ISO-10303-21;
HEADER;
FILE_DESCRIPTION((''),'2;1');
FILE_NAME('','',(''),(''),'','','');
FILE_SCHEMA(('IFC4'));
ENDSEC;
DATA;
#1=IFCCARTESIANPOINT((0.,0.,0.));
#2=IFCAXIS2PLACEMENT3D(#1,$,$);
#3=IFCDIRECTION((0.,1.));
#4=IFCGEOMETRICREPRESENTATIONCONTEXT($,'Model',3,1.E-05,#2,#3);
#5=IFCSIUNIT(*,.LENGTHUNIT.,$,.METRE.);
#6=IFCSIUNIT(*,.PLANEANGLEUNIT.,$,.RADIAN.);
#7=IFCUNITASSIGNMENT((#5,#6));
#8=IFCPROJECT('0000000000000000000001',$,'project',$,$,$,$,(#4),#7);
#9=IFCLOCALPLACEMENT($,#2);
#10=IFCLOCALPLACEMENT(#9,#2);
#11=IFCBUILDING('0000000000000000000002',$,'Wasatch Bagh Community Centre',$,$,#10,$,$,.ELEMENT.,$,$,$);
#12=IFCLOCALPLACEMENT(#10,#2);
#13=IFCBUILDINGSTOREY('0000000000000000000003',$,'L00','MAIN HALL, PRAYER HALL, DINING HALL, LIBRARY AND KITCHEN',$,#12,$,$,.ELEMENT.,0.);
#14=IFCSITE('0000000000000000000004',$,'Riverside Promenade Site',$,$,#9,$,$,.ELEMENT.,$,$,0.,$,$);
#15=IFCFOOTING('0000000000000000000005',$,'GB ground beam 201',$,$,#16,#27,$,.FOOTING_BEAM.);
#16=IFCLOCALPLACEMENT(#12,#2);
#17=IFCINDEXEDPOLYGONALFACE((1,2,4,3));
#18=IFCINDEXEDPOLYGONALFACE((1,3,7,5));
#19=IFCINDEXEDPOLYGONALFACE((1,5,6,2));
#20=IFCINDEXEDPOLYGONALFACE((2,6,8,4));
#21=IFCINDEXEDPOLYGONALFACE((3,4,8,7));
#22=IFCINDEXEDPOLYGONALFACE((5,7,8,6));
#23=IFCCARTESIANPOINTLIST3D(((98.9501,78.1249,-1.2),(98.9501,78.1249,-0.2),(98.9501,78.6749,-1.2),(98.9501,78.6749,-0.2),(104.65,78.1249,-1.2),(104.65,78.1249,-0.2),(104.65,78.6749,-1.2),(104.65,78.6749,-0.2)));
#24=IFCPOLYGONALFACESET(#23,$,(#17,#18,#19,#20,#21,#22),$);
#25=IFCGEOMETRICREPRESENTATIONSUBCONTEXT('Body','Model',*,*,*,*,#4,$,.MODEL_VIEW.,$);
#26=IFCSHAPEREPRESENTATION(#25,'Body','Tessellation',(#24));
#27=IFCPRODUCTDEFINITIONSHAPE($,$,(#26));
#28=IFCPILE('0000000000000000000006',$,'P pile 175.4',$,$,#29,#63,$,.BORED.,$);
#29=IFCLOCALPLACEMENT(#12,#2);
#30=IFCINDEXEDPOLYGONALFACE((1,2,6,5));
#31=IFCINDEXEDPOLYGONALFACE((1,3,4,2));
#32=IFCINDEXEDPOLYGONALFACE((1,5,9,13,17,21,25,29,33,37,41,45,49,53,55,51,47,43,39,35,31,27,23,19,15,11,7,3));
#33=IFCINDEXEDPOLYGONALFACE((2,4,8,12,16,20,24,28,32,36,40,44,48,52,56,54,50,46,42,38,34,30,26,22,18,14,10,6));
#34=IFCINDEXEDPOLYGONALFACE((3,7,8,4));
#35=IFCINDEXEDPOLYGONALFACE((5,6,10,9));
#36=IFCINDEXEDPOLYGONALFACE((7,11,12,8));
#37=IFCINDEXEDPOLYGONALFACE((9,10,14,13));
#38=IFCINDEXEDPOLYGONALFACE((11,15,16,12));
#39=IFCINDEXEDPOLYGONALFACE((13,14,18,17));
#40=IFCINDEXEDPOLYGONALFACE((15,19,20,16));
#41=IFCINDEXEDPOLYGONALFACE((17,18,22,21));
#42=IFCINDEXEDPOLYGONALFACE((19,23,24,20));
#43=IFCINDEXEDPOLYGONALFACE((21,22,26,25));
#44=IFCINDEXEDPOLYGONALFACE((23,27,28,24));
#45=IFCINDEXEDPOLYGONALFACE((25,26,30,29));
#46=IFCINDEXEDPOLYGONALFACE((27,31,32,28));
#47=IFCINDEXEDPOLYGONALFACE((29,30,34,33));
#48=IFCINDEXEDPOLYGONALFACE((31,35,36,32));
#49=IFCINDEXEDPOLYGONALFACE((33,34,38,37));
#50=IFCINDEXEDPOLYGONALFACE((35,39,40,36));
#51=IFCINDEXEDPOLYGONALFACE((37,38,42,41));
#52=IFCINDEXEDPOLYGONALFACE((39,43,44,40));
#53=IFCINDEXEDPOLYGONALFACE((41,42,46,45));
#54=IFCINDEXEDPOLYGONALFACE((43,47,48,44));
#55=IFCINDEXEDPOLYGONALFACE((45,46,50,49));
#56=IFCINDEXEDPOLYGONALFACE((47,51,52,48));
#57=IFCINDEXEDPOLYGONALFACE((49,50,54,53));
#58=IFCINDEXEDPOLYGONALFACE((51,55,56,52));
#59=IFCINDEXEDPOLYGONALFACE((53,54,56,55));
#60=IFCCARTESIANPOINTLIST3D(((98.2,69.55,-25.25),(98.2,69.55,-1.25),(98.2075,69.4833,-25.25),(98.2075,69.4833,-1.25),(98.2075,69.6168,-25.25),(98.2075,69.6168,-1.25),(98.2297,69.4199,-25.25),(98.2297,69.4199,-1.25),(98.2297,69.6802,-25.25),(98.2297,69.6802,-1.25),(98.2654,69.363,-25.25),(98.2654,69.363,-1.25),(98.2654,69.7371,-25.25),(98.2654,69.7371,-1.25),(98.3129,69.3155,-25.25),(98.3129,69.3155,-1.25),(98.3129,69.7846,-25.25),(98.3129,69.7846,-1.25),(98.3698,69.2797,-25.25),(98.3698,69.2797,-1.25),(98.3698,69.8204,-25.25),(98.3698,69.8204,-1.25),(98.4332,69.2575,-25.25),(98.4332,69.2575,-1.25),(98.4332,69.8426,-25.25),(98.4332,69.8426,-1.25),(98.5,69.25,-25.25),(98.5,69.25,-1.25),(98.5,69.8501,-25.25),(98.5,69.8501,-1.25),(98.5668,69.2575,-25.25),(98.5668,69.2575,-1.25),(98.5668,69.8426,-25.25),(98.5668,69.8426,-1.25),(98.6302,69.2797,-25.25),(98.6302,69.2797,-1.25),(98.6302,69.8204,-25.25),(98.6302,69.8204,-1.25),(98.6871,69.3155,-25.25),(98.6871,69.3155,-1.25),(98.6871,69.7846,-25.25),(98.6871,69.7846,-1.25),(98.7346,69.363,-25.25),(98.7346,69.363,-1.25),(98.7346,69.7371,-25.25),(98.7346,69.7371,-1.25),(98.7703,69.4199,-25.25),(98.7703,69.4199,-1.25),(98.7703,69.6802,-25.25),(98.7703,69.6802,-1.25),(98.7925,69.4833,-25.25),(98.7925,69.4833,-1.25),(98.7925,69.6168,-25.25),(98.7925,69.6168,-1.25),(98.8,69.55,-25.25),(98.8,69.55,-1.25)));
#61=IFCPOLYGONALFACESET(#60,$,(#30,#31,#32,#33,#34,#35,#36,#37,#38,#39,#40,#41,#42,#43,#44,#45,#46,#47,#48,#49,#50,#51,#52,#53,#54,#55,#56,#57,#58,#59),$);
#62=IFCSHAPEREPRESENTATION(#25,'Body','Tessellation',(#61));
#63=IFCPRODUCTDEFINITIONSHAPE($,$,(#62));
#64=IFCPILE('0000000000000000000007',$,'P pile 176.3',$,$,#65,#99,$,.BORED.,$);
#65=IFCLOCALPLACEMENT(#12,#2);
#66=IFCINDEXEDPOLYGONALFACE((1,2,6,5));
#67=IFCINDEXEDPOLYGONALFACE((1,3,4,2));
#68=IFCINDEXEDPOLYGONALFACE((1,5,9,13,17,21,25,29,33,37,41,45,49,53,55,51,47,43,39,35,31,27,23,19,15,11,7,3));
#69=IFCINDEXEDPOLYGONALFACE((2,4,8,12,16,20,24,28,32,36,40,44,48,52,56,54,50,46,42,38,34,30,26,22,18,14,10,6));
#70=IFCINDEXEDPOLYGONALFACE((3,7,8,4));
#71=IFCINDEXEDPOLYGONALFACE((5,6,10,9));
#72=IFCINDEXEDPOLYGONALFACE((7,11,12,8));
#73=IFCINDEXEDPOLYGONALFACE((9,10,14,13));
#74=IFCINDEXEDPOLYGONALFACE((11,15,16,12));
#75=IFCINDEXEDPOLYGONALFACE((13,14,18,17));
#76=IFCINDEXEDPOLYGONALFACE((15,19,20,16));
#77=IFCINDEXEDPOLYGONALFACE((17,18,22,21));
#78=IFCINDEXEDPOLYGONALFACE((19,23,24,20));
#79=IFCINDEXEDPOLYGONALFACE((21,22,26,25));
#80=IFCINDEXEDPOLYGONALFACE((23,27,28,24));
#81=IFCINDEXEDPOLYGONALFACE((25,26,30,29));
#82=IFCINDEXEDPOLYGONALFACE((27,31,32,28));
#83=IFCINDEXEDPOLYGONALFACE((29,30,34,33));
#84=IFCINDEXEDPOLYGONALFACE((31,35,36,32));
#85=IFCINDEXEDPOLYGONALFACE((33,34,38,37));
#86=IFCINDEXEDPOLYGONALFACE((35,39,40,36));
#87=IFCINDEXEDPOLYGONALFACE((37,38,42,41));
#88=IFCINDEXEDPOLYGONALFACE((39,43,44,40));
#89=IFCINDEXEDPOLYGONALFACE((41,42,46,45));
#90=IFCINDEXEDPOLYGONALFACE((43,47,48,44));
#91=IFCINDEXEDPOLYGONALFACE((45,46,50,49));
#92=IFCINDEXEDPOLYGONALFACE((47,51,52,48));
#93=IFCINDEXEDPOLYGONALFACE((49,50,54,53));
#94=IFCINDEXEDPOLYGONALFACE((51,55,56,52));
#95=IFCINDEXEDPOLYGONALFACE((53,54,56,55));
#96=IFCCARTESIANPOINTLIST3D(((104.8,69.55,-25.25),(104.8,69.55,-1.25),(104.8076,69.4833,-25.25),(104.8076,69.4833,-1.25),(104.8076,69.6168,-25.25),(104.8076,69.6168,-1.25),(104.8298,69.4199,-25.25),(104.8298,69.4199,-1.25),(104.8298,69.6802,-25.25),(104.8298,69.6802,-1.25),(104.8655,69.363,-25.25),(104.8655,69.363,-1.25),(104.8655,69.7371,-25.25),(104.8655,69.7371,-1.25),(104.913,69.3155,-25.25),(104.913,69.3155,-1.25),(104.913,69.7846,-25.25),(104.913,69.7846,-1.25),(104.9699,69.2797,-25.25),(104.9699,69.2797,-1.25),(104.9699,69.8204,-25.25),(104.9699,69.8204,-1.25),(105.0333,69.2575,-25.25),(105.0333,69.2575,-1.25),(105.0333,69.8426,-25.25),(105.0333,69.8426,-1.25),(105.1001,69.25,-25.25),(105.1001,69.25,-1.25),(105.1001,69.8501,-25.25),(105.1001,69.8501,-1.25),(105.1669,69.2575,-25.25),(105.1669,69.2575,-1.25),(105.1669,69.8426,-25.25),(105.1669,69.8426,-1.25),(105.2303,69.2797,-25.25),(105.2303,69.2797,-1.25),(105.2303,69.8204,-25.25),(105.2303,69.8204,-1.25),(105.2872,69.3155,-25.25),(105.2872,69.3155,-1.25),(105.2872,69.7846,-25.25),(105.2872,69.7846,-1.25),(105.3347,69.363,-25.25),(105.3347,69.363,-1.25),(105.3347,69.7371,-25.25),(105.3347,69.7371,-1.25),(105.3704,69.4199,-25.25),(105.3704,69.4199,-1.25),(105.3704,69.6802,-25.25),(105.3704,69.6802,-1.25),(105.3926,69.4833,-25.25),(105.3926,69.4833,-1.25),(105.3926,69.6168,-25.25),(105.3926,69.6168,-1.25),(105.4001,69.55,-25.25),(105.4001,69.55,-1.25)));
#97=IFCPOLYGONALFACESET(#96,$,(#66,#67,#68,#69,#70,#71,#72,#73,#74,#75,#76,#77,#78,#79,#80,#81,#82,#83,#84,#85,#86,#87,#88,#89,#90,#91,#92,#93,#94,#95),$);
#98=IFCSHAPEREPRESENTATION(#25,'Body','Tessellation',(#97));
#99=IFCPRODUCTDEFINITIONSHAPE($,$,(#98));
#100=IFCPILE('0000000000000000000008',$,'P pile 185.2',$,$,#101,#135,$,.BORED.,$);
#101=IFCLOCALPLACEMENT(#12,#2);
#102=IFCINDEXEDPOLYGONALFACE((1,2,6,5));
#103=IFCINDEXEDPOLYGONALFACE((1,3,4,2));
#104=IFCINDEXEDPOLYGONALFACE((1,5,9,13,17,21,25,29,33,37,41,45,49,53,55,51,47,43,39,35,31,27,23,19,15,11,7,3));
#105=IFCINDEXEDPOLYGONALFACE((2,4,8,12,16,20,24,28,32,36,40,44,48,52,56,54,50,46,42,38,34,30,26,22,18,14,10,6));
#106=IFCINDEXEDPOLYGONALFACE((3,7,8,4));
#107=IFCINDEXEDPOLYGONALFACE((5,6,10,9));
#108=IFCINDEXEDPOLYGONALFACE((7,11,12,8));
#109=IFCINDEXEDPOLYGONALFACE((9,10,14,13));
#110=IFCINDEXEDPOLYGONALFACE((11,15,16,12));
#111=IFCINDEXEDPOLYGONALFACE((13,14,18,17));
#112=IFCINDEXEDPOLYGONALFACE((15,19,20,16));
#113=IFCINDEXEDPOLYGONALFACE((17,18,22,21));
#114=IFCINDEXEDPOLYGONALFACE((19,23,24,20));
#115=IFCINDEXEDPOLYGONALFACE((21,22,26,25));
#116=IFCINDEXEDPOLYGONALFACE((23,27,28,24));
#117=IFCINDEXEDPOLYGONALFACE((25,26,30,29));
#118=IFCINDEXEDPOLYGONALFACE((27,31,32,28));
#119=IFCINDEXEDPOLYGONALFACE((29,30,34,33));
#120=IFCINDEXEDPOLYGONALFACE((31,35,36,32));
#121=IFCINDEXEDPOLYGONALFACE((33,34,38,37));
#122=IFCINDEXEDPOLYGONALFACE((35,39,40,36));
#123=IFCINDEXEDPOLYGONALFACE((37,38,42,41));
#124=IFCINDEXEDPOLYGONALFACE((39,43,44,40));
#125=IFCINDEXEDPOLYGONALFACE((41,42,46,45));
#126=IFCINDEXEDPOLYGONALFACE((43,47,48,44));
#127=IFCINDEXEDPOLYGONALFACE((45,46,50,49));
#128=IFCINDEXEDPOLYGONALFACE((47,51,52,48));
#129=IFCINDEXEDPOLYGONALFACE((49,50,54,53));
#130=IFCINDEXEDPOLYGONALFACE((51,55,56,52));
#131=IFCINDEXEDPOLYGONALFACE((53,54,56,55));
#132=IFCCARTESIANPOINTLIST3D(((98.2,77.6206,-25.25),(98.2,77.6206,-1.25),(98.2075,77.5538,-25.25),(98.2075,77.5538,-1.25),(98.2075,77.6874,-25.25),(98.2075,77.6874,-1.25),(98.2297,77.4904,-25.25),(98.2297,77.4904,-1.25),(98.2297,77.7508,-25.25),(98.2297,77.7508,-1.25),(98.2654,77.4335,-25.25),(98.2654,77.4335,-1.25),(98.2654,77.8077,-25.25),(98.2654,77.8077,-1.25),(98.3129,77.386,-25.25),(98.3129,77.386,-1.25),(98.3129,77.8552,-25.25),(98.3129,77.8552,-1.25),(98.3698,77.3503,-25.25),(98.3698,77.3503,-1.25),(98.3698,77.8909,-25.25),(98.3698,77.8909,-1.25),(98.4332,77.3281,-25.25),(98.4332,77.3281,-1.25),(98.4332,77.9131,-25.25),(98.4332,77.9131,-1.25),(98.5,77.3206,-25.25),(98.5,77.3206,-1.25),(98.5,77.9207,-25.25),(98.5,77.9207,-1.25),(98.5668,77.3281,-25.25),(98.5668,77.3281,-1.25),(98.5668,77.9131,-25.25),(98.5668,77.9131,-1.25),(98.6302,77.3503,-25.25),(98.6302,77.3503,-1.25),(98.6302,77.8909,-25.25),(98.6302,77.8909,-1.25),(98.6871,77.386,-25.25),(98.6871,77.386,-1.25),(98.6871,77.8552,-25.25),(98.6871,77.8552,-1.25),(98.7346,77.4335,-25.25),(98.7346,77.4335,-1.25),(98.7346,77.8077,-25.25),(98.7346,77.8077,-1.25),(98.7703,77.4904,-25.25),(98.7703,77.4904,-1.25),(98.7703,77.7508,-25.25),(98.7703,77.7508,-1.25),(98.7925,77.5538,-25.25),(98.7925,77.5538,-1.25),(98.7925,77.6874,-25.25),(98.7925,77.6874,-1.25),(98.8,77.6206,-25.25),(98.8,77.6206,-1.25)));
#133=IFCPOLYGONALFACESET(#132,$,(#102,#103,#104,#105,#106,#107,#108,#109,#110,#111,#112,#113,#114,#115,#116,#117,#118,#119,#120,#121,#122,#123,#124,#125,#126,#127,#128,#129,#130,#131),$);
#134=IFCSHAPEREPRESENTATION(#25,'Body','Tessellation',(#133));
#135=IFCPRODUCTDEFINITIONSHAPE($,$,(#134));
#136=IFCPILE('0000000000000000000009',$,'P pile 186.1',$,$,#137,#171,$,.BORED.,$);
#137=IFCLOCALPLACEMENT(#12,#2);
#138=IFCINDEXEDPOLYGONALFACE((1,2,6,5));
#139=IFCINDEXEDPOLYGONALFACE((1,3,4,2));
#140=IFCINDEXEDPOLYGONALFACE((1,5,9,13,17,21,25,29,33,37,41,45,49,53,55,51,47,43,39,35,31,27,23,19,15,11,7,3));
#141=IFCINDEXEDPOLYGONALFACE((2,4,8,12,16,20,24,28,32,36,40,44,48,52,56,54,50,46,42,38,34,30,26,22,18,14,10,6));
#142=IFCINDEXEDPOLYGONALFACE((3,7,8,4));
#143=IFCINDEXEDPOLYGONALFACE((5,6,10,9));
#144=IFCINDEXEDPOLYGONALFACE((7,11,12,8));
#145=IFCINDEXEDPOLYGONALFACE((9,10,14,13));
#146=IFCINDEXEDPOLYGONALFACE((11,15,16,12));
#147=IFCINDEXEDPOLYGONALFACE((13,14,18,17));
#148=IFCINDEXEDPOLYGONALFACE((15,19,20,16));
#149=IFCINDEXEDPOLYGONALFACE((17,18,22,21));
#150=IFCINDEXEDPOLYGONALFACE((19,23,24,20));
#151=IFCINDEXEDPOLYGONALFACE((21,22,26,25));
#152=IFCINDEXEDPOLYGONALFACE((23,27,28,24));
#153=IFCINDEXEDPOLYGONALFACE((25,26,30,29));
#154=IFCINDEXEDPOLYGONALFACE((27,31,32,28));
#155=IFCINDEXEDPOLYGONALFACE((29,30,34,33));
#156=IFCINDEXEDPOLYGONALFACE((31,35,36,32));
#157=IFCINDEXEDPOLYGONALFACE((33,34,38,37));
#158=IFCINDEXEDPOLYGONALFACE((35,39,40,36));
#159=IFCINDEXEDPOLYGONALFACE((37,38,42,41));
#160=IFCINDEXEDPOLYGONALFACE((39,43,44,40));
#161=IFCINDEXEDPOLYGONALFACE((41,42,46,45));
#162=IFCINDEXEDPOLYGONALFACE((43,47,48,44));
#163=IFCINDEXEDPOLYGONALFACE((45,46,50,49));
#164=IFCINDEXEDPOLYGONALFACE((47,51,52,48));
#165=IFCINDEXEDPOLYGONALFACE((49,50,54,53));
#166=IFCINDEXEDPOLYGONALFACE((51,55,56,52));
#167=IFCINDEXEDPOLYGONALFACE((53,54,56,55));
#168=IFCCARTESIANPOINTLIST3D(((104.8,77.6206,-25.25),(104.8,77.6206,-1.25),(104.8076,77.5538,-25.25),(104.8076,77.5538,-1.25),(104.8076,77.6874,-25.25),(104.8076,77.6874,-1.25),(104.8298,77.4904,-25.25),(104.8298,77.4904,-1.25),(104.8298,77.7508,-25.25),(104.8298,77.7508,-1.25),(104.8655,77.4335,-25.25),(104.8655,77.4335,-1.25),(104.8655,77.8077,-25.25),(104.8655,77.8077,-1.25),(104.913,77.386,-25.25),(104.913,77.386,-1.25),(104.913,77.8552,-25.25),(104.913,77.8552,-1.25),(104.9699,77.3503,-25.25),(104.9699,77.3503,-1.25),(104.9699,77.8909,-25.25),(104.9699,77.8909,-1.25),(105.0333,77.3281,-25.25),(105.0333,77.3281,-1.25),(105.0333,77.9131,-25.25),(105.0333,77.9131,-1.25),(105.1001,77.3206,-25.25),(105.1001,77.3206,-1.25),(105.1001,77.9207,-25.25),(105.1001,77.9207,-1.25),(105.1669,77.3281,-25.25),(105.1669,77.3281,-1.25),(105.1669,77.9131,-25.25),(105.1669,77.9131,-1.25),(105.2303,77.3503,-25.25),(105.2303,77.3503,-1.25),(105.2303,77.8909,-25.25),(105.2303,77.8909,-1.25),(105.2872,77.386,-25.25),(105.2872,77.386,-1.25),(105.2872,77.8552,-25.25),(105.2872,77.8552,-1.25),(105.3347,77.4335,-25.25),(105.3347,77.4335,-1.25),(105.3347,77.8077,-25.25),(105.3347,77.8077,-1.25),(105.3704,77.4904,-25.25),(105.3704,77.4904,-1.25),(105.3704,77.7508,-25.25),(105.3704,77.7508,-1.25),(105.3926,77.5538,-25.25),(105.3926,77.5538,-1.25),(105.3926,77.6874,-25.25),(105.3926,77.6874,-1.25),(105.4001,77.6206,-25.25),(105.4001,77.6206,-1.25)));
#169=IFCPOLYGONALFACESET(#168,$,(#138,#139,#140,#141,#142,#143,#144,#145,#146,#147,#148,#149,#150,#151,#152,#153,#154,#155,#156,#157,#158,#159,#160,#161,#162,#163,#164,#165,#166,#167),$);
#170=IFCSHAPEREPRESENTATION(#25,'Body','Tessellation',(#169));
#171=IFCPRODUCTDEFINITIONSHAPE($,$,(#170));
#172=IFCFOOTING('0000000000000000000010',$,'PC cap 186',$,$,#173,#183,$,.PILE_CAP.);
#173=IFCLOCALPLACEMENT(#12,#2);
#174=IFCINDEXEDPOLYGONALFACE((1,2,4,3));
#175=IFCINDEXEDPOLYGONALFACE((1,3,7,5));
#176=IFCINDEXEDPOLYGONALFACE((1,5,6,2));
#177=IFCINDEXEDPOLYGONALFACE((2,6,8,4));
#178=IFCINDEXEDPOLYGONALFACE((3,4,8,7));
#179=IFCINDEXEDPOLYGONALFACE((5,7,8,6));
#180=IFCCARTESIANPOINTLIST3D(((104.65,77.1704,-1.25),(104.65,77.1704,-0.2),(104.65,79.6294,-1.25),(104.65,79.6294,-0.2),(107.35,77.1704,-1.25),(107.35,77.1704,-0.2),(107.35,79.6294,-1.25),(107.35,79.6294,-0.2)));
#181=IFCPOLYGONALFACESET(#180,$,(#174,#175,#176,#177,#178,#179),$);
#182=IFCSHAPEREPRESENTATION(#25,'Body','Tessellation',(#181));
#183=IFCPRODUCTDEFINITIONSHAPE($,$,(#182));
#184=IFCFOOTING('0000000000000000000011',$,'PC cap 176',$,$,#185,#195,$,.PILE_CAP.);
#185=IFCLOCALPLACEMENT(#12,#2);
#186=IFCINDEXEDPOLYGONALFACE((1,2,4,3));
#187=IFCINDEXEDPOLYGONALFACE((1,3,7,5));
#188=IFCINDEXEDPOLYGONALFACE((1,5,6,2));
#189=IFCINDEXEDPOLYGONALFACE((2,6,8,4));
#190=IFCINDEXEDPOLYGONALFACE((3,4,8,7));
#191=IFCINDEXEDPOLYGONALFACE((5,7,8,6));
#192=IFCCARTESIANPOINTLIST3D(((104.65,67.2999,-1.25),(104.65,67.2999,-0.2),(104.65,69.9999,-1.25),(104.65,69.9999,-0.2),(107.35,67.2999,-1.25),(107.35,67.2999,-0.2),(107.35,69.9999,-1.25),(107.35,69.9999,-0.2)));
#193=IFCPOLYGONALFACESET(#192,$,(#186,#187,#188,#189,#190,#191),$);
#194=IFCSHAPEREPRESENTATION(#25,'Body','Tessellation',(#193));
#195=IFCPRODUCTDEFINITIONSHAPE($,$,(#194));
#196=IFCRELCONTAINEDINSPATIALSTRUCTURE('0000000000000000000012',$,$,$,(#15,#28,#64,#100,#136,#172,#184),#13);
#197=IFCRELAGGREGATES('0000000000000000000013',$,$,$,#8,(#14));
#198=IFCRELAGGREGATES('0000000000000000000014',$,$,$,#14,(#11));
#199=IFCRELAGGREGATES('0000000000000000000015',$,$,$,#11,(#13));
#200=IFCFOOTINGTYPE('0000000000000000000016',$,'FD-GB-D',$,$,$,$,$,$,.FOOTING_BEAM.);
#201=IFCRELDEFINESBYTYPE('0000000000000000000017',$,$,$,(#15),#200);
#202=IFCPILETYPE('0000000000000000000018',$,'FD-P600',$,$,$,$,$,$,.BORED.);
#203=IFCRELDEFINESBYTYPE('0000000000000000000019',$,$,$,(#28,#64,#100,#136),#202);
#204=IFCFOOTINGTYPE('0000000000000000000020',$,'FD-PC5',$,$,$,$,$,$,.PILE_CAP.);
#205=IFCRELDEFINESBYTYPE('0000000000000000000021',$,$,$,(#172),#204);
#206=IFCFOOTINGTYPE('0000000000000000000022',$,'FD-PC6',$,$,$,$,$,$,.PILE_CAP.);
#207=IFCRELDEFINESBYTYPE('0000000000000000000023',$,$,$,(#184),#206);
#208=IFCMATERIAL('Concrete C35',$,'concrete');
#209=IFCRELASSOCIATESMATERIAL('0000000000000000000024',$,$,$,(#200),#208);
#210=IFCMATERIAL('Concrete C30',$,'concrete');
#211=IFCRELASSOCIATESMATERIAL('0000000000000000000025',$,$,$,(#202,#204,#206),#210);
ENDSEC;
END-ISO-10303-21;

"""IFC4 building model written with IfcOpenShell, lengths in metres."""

from ifc_helpers import new_model, si_unit, direction, frame, origin, origin_2d, place, context, subcontext, project, spatial, rectangle, circle, extrude, material, material_profile, profile_set, type_object, element, save


model = new_model("IFC4")

# Units and contexts
model_context = context("Model", 3, precision=1e-05, world=origin(), true_north=direction((0.0, 1.0)))
body_context = subcontext(model_context, "Body", "Model", "MODEL_VIEW")
ifc_project = project(units=[si_unit("LENGTHUNIT", "METRE"), si_unit("PLANEANGLEUNIT", "RADIAN")], contexts=[model_context])

# Site, building, storey
site_placement = place(None, origin())
site = spatial("IfcSite", under=ifc_project, at=site_placement, Name="Riverside Promenade Site", CompositionType="ELEMENT", RefElevation=0.0)
building_placement = place(site_placement, origin())
building = spatial("IfcBuilding", under=site, at=building_placement, Name="Wasatch Bagh Community Centre", CompositionType="ELEMENT")
storey_placement = place(building_placement, origin())
storey = spatial("IfcBuildingStorey", under=building, at=storey_placement, Name="L00", Description="MAIN HALL, PRAYER HALL, DINING HALL, LIBRARY AND KITCHEN", CompositionType="ELEMENT", Elevation=0.0)

# Footing
ifc_material_1 = material(Name="Concrete C35", Category="concrete")
footing_type_1 = type_object("IfcFootingType", Name="FD-GB-D", PredefinedType="FOOTING_BEAM", material=ifc_material_1)
footing_1_placement = place(storey_placement, frame((101.8, 78.3999, -1.2), z_axis=(0.0, 0.0, 1.0), x_axis=(1.0, 0.0, 0.0)))
element("IfcFooting", 1, at=footing_1_placement, inside=storey, type_object=footing_type_1, Name="GB ground beam 201", PredefinedType="FOOTING_BEAM", context=body_context, shape_type="SweptSolid", body=[
    extrude(rectangle(XDim=5.7, YDim=0.55, at=origin_2d()), origin(), (0.0, 0.0, 1.0), 1.0),
])

# Piles
ifc_material_2 = material(Name="Concrete C30", Category="concrete")
ifc_material_profile_1 = material_profile(ifc_material_2, circle(Radius=0.3, at=origin_2d()), Name="RC D600")
ifc_profile_set_1 = profile_set([ifc_material_profile_1], Name="Concrete C30")
pile_type = type_object("IfcPileType", Name="FD-P600", PredefinedType="BORED", material=ifc_profile_set_1)
for number, where, z_axis, x_axis, name in (
    (2, (98.5, 69.55, -1.25), (0.0, 0.0, -1.0), (1.0, 0.0, 0.0), "P pile 175.4"),
    (3, (105.1001, 69.55, -1.25), (0.0, 0.0, -1.0), (1.0, 0.0, 0.0), "P pile 176.3"),
    (4, (98.5, 77.6206, -1.25), (0.0, 0.0, -1.0), (1.0, 0.0, 0.0), "P pile 185.2"),
    (5, (105.1001, 77.6206, -1.25), (0.0, 0.0, -1.0), (1.0, 0.0, 0.0), "P pile 186.1"),
):
    element("IfcPile", number, at=place(storey_placement, frame(where, z_axis=z_axis, x_axis=x_axis)), inside=storey, type_object=pile_type, Name=name, PredefinedType="BORED", context=body_context, shape_type="SweptSolid", body=[
        extrude(circle(Radius=0.3, at=origin_2d()), origin(), (0.0, 0.0, 1.0), 24.0),
    ])

# Footings
footing_type_2 = type_object("IfcFootingType", Name="FD-PC5", PredefinedType="PILE_CAP", material=ifc_material_2)
footing_2_placement = place(storey_placement, frame((106.0, 78.3999, -1.25), z_axis=(0.0, 0.0, 1.0), x_axis=(1.0, 0.0, 0.0)))
element("IfcFooting", 6, at=footing_2_placement, inside=storey, type_object=footing_type_2, Name="PC cap 186", PredefinedType="PILE_CAP", context=body_context, shape_type="SweptSolid", body=[
    extrude(rectangle(XDim=2.7, YDim=2.459, at=origin_2d()), origin(), (0.0, 0.0, 1.0), 1.05),
])
footing_type_3 = type_object("IfcFootingType", Name="FD-PC6", PredefinedType="PILE_CAP", material=ifc_material_2)
footing_3_placement = place(storey_placement, frame((106.0, 68.6499, -1.25), z_axis=(0.0, 0.0, 1.0), x_axis=(1.0, 0.0, 0.0)))
element("IfcFooting", 7, at=footing_3_placement, inside=storey, type_object=footing_type_3, Name="PC cap 176", PredefinedType="PILE_CAP", context=body_context, shape_type="SweptSolid", body=[
    extrude(rectangle(XDim=2.7, YDim=2.7, at=origin_2d()), origin(), (0.0, 0.0, 1.0), 1.05),
])

save(model, "model.ifc")
